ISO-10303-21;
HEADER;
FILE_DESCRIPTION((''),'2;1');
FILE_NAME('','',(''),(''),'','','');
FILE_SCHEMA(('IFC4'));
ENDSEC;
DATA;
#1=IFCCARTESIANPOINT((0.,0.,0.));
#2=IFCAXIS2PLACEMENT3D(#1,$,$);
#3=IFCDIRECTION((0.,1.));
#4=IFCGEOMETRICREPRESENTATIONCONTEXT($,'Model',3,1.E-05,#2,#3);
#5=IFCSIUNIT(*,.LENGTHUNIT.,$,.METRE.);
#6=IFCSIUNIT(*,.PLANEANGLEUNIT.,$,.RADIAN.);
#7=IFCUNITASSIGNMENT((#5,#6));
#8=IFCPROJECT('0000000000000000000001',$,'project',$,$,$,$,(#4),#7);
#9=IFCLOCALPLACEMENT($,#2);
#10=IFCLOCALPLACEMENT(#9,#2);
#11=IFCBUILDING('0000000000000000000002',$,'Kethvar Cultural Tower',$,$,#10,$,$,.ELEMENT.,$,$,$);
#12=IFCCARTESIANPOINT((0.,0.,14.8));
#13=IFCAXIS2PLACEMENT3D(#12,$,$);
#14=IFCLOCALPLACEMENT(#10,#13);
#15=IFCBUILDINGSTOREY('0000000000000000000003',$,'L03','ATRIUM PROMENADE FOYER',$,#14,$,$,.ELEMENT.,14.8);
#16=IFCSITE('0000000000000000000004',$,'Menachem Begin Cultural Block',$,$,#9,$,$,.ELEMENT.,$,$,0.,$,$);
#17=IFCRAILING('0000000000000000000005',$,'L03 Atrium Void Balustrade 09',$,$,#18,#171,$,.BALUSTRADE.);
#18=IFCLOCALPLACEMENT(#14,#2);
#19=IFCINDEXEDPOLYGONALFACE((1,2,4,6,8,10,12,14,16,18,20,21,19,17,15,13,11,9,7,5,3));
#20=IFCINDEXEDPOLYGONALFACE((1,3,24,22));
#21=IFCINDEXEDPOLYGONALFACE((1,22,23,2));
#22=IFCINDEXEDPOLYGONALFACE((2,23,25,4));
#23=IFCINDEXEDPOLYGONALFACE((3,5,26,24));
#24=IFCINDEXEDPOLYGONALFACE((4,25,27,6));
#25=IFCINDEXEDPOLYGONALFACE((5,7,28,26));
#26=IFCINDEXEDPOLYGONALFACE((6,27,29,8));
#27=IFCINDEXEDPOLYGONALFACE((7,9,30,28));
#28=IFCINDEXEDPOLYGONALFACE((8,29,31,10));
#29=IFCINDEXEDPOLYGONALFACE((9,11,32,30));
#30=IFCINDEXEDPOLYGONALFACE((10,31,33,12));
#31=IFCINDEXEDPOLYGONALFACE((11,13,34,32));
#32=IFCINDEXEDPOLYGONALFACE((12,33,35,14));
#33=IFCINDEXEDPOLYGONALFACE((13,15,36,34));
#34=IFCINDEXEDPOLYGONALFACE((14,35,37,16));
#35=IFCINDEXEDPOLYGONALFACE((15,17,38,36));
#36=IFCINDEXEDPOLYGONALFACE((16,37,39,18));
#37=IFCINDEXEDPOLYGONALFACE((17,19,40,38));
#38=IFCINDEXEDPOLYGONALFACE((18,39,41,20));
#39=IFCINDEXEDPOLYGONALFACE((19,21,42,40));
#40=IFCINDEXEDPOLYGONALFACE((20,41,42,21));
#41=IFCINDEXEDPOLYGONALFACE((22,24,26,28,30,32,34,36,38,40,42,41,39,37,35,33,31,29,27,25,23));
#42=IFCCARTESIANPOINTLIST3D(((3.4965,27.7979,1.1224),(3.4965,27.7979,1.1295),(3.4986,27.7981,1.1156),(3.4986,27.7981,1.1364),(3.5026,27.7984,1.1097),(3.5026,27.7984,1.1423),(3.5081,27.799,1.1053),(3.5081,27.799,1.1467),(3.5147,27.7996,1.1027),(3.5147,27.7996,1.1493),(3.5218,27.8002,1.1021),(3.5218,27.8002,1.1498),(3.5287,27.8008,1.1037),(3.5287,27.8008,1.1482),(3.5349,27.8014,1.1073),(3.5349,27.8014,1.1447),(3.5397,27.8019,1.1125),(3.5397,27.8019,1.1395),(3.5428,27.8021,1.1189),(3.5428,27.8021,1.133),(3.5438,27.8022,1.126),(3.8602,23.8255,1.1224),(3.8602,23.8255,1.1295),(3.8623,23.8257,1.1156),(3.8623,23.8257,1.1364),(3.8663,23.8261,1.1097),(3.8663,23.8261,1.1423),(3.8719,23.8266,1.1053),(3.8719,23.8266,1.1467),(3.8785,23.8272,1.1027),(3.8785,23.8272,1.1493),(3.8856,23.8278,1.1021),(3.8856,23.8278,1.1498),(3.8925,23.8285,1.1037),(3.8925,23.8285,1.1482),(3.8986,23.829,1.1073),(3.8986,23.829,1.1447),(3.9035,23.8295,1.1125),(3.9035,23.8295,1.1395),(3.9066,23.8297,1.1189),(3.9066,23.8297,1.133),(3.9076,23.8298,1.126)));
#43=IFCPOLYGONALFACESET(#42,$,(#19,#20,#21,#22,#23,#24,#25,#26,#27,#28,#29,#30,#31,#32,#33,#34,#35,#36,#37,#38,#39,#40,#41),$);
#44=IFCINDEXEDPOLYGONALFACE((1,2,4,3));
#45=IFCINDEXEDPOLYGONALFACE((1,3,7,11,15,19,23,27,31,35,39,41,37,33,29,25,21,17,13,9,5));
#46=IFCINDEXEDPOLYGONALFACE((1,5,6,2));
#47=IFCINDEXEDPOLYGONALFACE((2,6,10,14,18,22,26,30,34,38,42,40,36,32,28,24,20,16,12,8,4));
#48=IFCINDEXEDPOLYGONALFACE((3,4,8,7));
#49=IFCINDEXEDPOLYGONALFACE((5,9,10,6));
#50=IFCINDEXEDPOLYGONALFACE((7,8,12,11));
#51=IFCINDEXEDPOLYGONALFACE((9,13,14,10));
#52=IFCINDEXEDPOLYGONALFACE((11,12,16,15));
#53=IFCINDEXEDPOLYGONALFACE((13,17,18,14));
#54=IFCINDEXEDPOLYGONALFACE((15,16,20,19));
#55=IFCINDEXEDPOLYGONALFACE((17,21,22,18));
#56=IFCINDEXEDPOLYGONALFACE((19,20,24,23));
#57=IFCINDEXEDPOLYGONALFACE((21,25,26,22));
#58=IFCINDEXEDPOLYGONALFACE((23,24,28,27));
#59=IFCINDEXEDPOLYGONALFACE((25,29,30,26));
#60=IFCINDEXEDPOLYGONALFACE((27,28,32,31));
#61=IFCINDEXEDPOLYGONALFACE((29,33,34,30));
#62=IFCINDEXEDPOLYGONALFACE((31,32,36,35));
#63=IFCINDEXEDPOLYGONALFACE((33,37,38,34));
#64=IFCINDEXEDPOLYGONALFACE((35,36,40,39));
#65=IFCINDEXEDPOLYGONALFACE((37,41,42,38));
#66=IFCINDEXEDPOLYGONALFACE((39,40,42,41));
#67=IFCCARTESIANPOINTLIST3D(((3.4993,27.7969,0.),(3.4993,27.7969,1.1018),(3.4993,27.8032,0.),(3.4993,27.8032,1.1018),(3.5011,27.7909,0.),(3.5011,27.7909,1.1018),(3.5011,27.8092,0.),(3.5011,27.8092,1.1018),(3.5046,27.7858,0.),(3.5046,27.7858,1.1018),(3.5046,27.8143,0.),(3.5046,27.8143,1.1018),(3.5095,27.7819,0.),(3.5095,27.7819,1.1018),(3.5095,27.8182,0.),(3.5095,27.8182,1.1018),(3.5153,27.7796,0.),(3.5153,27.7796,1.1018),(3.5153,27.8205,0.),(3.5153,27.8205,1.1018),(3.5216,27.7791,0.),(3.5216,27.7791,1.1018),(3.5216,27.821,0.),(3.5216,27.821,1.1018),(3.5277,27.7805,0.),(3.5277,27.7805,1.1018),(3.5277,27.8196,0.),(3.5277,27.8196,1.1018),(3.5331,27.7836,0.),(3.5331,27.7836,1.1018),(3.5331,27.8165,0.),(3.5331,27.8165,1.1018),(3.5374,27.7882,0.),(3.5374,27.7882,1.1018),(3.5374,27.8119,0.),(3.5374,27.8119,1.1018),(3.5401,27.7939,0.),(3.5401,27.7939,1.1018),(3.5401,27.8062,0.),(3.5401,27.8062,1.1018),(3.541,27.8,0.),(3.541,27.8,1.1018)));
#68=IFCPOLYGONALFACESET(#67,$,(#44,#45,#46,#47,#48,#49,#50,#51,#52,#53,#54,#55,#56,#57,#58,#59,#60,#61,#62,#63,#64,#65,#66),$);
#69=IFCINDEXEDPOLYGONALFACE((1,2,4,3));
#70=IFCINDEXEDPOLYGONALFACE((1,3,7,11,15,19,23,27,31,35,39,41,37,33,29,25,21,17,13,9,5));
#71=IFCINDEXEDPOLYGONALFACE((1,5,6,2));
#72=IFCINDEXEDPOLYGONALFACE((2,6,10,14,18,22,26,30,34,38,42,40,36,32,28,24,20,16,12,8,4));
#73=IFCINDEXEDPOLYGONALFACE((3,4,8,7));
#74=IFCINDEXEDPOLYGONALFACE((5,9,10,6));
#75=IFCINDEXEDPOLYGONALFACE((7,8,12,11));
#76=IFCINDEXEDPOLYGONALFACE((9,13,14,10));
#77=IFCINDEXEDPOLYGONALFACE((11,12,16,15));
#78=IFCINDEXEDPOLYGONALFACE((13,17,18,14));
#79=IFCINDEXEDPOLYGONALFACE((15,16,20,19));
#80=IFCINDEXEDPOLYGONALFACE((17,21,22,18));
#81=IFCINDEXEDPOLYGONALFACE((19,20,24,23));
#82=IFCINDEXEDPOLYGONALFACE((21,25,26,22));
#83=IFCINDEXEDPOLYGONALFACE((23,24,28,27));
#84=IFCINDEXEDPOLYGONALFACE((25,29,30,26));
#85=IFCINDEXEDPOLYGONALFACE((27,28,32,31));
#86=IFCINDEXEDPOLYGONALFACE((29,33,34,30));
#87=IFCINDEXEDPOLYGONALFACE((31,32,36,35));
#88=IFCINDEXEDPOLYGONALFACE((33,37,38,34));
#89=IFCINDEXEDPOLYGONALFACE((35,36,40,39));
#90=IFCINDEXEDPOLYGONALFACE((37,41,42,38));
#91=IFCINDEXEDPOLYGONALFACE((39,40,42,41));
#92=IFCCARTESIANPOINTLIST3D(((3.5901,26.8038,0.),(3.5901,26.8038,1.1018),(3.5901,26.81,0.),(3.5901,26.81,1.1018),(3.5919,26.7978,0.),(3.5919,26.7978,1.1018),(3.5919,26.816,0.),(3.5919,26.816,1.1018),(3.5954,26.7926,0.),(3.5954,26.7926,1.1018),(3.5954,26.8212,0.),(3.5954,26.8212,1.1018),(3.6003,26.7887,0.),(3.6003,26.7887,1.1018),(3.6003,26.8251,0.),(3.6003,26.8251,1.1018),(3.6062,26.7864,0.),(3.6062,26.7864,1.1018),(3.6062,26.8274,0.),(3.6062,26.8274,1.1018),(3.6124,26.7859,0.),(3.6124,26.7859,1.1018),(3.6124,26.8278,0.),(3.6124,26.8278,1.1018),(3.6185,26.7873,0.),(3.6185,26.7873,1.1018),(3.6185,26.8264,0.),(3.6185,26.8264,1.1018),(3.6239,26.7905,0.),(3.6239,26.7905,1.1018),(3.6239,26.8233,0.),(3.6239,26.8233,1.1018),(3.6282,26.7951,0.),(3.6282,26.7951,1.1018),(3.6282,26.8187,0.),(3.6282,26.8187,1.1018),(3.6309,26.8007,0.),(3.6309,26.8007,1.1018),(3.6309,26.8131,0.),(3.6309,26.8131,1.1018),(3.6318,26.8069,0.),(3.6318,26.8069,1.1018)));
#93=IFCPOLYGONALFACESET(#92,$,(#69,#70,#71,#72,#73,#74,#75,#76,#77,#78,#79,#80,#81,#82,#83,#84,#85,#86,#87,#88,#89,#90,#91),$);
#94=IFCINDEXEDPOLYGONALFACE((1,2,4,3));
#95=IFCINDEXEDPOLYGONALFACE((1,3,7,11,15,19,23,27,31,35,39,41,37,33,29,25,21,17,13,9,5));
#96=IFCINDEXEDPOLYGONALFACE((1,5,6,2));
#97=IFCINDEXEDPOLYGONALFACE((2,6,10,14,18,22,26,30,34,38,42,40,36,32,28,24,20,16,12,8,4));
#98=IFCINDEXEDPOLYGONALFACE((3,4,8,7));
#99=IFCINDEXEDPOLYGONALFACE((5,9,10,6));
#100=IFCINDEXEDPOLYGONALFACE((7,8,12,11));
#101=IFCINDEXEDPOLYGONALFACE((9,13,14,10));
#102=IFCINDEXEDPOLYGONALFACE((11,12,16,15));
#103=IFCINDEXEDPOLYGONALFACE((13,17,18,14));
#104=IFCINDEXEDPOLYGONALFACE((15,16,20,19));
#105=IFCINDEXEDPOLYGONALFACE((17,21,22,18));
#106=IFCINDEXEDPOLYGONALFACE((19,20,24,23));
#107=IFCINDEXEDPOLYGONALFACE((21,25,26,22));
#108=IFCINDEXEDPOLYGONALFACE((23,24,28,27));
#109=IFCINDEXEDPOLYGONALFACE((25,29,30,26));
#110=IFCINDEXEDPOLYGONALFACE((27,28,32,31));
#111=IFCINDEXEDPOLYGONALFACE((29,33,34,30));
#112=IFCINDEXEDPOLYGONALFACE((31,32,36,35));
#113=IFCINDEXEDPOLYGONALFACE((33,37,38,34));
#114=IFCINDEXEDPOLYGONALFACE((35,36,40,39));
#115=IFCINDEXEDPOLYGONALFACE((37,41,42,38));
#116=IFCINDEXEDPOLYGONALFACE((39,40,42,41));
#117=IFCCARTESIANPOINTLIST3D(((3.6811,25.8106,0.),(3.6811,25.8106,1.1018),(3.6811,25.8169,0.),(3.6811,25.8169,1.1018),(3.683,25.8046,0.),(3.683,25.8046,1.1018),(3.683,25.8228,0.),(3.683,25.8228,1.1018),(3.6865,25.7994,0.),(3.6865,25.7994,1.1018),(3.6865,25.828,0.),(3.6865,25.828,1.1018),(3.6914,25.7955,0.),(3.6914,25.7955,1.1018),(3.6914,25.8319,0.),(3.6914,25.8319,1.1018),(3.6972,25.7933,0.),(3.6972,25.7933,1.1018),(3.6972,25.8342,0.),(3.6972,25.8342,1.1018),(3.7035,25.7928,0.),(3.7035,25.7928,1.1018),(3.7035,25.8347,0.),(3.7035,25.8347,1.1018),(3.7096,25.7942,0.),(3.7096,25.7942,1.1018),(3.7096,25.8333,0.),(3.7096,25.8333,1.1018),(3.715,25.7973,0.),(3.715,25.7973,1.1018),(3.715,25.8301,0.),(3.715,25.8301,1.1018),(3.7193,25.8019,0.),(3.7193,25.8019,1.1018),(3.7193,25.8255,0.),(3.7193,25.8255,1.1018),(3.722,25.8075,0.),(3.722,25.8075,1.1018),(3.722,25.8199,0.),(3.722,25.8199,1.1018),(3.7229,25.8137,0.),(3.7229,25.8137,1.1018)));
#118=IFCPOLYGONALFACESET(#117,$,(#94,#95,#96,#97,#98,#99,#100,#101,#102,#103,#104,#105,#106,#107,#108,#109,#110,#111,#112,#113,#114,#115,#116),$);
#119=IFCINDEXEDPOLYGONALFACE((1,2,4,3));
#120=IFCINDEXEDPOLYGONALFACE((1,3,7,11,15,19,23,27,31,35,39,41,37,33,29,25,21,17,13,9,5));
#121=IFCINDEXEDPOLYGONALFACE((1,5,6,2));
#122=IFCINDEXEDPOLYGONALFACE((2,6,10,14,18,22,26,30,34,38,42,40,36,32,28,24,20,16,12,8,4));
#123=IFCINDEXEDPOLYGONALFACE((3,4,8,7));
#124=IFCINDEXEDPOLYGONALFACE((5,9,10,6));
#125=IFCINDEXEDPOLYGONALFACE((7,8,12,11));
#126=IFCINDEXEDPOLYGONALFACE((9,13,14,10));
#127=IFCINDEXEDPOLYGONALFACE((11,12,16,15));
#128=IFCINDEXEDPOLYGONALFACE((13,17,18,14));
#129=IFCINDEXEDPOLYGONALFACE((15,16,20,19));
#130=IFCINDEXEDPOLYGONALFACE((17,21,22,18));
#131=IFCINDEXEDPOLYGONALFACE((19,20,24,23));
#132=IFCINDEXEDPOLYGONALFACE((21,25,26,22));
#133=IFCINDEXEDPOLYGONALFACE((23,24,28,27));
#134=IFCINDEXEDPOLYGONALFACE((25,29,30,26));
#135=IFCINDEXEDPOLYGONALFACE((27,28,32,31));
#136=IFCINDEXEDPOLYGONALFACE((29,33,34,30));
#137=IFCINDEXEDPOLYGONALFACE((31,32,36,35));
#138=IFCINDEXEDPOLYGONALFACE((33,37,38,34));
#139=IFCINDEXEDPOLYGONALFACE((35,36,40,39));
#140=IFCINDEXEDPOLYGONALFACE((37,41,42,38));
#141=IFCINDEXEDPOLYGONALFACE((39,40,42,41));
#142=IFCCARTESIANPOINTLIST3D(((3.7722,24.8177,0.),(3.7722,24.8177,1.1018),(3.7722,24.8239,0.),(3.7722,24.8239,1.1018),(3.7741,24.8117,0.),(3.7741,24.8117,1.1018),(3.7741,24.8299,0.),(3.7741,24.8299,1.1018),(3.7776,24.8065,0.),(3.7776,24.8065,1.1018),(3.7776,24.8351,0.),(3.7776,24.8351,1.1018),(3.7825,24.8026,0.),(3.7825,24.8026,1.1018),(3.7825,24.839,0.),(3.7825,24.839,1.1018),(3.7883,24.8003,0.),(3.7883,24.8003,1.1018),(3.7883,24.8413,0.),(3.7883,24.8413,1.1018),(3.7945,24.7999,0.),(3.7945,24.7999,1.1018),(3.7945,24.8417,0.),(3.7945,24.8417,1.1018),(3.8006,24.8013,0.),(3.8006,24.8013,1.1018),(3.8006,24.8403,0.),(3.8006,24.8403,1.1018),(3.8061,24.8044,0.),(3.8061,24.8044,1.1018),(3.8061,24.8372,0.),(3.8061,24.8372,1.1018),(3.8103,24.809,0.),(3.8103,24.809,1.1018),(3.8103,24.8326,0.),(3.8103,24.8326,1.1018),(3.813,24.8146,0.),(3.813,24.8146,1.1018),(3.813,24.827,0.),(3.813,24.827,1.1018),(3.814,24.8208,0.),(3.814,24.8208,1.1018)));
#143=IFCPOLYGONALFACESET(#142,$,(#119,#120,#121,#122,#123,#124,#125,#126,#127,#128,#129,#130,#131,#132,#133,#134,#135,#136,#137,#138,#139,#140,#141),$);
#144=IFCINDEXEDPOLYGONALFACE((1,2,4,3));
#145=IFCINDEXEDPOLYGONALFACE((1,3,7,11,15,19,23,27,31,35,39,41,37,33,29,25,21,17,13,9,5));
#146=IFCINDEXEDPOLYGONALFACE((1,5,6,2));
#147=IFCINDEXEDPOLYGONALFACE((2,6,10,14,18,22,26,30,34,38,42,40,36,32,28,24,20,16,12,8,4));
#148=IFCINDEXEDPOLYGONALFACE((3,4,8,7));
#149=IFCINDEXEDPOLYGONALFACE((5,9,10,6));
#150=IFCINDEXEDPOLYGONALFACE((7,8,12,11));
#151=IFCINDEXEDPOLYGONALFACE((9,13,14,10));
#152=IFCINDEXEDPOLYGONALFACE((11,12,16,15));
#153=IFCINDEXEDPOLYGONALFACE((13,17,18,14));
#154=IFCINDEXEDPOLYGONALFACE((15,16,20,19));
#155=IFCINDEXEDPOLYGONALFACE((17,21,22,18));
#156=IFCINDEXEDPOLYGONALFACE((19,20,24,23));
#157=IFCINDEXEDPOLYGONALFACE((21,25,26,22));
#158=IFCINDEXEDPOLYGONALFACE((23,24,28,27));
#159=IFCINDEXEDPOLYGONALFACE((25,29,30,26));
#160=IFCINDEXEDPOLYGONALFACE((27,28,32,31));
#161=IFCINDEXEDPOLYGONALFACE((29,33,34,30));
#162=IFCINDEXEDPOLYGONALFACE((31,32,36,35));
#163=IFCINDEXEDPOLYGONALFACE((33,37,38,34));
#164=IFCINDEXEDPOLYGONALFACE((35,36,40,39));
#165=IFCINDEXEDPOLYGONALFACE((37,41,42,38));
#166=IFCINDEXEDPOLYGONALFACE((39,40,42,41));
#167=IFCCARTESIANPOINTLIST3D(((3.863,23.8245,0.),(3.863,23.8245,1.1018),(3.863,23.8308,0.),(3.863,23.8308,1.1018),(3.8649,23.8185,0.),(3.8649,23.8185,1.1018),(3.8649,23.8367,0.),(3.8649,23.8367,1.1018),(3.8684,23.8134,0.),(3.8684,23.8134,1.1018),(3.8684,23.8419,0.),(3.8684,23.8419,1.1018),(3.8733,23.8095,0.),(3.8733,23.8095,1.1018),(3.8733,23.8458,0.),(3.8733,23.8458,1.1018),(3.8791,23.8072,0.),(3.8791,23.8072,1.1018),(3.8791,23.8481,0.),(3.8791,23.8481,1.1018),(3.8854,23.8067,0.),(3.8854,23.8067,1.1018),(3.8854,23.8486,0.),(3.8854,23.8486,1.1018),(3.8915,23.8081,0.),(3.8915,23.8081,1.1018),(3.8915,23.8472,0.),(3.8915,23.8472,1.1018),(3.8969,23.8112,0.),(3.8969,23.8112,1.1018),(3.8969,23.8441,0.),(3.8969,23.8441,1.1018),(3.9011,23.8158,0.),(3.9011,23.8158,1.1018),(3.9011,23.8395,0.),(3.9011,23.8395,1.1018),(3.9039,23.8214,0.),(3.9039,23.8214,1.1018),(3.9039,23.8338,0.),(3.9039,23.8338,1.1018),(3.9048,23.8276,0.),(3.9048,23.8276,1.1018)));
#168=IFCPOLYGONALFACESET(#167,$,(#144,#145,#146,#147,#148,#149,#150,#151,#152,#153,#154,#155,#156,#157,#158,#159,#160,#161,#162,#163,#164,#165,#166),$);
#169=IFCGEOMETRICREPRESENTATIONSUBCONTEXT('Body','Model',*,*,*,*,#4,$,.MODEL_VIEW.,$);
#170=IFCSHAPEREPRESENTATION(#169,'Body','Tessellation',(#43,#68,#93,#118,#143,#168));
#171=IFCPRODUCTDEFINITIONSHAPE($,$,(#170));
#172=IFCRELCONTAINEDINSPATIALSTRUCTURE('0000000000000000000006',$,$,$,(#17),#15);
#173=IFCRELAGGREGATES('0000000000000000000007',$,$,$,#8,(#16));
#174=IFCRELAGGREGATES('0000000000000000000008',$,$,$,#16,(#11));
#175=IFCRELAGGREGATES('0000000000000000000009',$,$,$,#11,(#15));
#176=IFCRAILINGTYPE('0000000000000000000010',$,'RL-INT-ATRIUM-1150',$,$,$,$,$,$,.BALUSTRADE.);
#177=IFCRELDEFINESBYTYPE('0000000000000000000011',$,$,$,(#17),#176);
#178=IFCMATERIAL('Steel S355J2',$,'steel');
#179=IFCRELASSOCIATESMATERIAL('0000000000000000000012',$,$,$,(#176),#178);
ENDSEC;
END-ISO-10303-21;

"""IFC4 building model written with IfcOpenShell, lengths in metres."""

from ifc_helpers import new_model, si_unit, direction, frame, origin, origin_2d, place, context, subcontext, project, spatial, circle, extrude, material, type_object, element, save


model = new_model("IFC4")

# Units and contexts
model_context = context("Model", 3, precision=1e-05, world=origin(), true_north=direction((0.0, 1.0)))
body_context = subcontext(model_context, "Body", "Model", "MODEL_VIEW")
ifc_project = project(units=[si_unit("LENGTHUNIT", "METRE"), si_unit("PLANEANGLEUNIT", "RADIAN")], contexts=[model_context])

# Site, building, storey
site_placement = place(None, origin())
site = spatial("IfcSite", under=ifc_project, at=site_placement, Name="Menachem Begin Cultural Block", CompositionType="ELEMENT", RefElevation=0.0)
building_placement = place(site_placement, origin())
building = spatial("IfcBuilding", under=site, at=building_placement, Name="Kethvar Cultural Tower", CompositionType="ELEMENT")
storey_placement = place(building_placement, frame((0.0, 0.0, 14.8)))
storey = spatial("IfcBuildingStorey", under=building, at=storey_placement, Name="L03", Description="ATRIUM PROMENADE FOYER", CompositionType="ELEMENT", Elevation=14.8)

# Shared definitions
ifc_material_1 = material(Name="Steel S355J2", Category="steel")

# Railing
railing_type = type_object("IfcRailingType", Name="RL-INT-ATRIUM-1150", PredefinedType="BALUSTRADE", material=ifc_material_1)
railing_1_placement = place(storey_placement, frame((3.52, 27.8, 0.0)))
element("IfcRailing", 1, at=railing_1_placement, inside=storey, type_object=railing_type, Name="L03 Atrium Void Balustrade 09", PredefinedType="BALUSTRADE", context=body_context, shape_type="SweptSolid", body=[
    extrude(circle(Radius=0.0239, at=origin_2d()), frame((0.0, 0.0, 1.126), z_axis=(0.091192, -0.995833, 0.0), x_axis=(0.995833, 0.091192, 0.0)), (0.0, 0.0, 1.0), 3.989),
    extrude(circle(Radius=0.021, at=origin_2d()), origin(), (0.0, 0.0, 1.0), 1.1018),
    extrude(circle(Radius=0.021, at=origin_2d()), frame((0.0908, -0.9932, 0.0)), (0.0, 0.0, 1.0), 1.1018),
    extrude(circle(Radius=0.021, at=origin_2d()), frame((0.1819, -1.9863, 0.0)), (0.0, 0.0, 1.0), 1.1018),
    extrude(circle(Radius=0.021, at=origin_2d()), frame((0.2729, -2.9792, 0.0)), (0.0, 0.0, 1.0), 1.1018),
    extrude(circle(Radius=0.021, at=origin_2d()), frame((0.3638, -3.9724, 0.0)), (0.0, 0.0, 1.0), 1.1018),
])

save(model, "model.ifc")
